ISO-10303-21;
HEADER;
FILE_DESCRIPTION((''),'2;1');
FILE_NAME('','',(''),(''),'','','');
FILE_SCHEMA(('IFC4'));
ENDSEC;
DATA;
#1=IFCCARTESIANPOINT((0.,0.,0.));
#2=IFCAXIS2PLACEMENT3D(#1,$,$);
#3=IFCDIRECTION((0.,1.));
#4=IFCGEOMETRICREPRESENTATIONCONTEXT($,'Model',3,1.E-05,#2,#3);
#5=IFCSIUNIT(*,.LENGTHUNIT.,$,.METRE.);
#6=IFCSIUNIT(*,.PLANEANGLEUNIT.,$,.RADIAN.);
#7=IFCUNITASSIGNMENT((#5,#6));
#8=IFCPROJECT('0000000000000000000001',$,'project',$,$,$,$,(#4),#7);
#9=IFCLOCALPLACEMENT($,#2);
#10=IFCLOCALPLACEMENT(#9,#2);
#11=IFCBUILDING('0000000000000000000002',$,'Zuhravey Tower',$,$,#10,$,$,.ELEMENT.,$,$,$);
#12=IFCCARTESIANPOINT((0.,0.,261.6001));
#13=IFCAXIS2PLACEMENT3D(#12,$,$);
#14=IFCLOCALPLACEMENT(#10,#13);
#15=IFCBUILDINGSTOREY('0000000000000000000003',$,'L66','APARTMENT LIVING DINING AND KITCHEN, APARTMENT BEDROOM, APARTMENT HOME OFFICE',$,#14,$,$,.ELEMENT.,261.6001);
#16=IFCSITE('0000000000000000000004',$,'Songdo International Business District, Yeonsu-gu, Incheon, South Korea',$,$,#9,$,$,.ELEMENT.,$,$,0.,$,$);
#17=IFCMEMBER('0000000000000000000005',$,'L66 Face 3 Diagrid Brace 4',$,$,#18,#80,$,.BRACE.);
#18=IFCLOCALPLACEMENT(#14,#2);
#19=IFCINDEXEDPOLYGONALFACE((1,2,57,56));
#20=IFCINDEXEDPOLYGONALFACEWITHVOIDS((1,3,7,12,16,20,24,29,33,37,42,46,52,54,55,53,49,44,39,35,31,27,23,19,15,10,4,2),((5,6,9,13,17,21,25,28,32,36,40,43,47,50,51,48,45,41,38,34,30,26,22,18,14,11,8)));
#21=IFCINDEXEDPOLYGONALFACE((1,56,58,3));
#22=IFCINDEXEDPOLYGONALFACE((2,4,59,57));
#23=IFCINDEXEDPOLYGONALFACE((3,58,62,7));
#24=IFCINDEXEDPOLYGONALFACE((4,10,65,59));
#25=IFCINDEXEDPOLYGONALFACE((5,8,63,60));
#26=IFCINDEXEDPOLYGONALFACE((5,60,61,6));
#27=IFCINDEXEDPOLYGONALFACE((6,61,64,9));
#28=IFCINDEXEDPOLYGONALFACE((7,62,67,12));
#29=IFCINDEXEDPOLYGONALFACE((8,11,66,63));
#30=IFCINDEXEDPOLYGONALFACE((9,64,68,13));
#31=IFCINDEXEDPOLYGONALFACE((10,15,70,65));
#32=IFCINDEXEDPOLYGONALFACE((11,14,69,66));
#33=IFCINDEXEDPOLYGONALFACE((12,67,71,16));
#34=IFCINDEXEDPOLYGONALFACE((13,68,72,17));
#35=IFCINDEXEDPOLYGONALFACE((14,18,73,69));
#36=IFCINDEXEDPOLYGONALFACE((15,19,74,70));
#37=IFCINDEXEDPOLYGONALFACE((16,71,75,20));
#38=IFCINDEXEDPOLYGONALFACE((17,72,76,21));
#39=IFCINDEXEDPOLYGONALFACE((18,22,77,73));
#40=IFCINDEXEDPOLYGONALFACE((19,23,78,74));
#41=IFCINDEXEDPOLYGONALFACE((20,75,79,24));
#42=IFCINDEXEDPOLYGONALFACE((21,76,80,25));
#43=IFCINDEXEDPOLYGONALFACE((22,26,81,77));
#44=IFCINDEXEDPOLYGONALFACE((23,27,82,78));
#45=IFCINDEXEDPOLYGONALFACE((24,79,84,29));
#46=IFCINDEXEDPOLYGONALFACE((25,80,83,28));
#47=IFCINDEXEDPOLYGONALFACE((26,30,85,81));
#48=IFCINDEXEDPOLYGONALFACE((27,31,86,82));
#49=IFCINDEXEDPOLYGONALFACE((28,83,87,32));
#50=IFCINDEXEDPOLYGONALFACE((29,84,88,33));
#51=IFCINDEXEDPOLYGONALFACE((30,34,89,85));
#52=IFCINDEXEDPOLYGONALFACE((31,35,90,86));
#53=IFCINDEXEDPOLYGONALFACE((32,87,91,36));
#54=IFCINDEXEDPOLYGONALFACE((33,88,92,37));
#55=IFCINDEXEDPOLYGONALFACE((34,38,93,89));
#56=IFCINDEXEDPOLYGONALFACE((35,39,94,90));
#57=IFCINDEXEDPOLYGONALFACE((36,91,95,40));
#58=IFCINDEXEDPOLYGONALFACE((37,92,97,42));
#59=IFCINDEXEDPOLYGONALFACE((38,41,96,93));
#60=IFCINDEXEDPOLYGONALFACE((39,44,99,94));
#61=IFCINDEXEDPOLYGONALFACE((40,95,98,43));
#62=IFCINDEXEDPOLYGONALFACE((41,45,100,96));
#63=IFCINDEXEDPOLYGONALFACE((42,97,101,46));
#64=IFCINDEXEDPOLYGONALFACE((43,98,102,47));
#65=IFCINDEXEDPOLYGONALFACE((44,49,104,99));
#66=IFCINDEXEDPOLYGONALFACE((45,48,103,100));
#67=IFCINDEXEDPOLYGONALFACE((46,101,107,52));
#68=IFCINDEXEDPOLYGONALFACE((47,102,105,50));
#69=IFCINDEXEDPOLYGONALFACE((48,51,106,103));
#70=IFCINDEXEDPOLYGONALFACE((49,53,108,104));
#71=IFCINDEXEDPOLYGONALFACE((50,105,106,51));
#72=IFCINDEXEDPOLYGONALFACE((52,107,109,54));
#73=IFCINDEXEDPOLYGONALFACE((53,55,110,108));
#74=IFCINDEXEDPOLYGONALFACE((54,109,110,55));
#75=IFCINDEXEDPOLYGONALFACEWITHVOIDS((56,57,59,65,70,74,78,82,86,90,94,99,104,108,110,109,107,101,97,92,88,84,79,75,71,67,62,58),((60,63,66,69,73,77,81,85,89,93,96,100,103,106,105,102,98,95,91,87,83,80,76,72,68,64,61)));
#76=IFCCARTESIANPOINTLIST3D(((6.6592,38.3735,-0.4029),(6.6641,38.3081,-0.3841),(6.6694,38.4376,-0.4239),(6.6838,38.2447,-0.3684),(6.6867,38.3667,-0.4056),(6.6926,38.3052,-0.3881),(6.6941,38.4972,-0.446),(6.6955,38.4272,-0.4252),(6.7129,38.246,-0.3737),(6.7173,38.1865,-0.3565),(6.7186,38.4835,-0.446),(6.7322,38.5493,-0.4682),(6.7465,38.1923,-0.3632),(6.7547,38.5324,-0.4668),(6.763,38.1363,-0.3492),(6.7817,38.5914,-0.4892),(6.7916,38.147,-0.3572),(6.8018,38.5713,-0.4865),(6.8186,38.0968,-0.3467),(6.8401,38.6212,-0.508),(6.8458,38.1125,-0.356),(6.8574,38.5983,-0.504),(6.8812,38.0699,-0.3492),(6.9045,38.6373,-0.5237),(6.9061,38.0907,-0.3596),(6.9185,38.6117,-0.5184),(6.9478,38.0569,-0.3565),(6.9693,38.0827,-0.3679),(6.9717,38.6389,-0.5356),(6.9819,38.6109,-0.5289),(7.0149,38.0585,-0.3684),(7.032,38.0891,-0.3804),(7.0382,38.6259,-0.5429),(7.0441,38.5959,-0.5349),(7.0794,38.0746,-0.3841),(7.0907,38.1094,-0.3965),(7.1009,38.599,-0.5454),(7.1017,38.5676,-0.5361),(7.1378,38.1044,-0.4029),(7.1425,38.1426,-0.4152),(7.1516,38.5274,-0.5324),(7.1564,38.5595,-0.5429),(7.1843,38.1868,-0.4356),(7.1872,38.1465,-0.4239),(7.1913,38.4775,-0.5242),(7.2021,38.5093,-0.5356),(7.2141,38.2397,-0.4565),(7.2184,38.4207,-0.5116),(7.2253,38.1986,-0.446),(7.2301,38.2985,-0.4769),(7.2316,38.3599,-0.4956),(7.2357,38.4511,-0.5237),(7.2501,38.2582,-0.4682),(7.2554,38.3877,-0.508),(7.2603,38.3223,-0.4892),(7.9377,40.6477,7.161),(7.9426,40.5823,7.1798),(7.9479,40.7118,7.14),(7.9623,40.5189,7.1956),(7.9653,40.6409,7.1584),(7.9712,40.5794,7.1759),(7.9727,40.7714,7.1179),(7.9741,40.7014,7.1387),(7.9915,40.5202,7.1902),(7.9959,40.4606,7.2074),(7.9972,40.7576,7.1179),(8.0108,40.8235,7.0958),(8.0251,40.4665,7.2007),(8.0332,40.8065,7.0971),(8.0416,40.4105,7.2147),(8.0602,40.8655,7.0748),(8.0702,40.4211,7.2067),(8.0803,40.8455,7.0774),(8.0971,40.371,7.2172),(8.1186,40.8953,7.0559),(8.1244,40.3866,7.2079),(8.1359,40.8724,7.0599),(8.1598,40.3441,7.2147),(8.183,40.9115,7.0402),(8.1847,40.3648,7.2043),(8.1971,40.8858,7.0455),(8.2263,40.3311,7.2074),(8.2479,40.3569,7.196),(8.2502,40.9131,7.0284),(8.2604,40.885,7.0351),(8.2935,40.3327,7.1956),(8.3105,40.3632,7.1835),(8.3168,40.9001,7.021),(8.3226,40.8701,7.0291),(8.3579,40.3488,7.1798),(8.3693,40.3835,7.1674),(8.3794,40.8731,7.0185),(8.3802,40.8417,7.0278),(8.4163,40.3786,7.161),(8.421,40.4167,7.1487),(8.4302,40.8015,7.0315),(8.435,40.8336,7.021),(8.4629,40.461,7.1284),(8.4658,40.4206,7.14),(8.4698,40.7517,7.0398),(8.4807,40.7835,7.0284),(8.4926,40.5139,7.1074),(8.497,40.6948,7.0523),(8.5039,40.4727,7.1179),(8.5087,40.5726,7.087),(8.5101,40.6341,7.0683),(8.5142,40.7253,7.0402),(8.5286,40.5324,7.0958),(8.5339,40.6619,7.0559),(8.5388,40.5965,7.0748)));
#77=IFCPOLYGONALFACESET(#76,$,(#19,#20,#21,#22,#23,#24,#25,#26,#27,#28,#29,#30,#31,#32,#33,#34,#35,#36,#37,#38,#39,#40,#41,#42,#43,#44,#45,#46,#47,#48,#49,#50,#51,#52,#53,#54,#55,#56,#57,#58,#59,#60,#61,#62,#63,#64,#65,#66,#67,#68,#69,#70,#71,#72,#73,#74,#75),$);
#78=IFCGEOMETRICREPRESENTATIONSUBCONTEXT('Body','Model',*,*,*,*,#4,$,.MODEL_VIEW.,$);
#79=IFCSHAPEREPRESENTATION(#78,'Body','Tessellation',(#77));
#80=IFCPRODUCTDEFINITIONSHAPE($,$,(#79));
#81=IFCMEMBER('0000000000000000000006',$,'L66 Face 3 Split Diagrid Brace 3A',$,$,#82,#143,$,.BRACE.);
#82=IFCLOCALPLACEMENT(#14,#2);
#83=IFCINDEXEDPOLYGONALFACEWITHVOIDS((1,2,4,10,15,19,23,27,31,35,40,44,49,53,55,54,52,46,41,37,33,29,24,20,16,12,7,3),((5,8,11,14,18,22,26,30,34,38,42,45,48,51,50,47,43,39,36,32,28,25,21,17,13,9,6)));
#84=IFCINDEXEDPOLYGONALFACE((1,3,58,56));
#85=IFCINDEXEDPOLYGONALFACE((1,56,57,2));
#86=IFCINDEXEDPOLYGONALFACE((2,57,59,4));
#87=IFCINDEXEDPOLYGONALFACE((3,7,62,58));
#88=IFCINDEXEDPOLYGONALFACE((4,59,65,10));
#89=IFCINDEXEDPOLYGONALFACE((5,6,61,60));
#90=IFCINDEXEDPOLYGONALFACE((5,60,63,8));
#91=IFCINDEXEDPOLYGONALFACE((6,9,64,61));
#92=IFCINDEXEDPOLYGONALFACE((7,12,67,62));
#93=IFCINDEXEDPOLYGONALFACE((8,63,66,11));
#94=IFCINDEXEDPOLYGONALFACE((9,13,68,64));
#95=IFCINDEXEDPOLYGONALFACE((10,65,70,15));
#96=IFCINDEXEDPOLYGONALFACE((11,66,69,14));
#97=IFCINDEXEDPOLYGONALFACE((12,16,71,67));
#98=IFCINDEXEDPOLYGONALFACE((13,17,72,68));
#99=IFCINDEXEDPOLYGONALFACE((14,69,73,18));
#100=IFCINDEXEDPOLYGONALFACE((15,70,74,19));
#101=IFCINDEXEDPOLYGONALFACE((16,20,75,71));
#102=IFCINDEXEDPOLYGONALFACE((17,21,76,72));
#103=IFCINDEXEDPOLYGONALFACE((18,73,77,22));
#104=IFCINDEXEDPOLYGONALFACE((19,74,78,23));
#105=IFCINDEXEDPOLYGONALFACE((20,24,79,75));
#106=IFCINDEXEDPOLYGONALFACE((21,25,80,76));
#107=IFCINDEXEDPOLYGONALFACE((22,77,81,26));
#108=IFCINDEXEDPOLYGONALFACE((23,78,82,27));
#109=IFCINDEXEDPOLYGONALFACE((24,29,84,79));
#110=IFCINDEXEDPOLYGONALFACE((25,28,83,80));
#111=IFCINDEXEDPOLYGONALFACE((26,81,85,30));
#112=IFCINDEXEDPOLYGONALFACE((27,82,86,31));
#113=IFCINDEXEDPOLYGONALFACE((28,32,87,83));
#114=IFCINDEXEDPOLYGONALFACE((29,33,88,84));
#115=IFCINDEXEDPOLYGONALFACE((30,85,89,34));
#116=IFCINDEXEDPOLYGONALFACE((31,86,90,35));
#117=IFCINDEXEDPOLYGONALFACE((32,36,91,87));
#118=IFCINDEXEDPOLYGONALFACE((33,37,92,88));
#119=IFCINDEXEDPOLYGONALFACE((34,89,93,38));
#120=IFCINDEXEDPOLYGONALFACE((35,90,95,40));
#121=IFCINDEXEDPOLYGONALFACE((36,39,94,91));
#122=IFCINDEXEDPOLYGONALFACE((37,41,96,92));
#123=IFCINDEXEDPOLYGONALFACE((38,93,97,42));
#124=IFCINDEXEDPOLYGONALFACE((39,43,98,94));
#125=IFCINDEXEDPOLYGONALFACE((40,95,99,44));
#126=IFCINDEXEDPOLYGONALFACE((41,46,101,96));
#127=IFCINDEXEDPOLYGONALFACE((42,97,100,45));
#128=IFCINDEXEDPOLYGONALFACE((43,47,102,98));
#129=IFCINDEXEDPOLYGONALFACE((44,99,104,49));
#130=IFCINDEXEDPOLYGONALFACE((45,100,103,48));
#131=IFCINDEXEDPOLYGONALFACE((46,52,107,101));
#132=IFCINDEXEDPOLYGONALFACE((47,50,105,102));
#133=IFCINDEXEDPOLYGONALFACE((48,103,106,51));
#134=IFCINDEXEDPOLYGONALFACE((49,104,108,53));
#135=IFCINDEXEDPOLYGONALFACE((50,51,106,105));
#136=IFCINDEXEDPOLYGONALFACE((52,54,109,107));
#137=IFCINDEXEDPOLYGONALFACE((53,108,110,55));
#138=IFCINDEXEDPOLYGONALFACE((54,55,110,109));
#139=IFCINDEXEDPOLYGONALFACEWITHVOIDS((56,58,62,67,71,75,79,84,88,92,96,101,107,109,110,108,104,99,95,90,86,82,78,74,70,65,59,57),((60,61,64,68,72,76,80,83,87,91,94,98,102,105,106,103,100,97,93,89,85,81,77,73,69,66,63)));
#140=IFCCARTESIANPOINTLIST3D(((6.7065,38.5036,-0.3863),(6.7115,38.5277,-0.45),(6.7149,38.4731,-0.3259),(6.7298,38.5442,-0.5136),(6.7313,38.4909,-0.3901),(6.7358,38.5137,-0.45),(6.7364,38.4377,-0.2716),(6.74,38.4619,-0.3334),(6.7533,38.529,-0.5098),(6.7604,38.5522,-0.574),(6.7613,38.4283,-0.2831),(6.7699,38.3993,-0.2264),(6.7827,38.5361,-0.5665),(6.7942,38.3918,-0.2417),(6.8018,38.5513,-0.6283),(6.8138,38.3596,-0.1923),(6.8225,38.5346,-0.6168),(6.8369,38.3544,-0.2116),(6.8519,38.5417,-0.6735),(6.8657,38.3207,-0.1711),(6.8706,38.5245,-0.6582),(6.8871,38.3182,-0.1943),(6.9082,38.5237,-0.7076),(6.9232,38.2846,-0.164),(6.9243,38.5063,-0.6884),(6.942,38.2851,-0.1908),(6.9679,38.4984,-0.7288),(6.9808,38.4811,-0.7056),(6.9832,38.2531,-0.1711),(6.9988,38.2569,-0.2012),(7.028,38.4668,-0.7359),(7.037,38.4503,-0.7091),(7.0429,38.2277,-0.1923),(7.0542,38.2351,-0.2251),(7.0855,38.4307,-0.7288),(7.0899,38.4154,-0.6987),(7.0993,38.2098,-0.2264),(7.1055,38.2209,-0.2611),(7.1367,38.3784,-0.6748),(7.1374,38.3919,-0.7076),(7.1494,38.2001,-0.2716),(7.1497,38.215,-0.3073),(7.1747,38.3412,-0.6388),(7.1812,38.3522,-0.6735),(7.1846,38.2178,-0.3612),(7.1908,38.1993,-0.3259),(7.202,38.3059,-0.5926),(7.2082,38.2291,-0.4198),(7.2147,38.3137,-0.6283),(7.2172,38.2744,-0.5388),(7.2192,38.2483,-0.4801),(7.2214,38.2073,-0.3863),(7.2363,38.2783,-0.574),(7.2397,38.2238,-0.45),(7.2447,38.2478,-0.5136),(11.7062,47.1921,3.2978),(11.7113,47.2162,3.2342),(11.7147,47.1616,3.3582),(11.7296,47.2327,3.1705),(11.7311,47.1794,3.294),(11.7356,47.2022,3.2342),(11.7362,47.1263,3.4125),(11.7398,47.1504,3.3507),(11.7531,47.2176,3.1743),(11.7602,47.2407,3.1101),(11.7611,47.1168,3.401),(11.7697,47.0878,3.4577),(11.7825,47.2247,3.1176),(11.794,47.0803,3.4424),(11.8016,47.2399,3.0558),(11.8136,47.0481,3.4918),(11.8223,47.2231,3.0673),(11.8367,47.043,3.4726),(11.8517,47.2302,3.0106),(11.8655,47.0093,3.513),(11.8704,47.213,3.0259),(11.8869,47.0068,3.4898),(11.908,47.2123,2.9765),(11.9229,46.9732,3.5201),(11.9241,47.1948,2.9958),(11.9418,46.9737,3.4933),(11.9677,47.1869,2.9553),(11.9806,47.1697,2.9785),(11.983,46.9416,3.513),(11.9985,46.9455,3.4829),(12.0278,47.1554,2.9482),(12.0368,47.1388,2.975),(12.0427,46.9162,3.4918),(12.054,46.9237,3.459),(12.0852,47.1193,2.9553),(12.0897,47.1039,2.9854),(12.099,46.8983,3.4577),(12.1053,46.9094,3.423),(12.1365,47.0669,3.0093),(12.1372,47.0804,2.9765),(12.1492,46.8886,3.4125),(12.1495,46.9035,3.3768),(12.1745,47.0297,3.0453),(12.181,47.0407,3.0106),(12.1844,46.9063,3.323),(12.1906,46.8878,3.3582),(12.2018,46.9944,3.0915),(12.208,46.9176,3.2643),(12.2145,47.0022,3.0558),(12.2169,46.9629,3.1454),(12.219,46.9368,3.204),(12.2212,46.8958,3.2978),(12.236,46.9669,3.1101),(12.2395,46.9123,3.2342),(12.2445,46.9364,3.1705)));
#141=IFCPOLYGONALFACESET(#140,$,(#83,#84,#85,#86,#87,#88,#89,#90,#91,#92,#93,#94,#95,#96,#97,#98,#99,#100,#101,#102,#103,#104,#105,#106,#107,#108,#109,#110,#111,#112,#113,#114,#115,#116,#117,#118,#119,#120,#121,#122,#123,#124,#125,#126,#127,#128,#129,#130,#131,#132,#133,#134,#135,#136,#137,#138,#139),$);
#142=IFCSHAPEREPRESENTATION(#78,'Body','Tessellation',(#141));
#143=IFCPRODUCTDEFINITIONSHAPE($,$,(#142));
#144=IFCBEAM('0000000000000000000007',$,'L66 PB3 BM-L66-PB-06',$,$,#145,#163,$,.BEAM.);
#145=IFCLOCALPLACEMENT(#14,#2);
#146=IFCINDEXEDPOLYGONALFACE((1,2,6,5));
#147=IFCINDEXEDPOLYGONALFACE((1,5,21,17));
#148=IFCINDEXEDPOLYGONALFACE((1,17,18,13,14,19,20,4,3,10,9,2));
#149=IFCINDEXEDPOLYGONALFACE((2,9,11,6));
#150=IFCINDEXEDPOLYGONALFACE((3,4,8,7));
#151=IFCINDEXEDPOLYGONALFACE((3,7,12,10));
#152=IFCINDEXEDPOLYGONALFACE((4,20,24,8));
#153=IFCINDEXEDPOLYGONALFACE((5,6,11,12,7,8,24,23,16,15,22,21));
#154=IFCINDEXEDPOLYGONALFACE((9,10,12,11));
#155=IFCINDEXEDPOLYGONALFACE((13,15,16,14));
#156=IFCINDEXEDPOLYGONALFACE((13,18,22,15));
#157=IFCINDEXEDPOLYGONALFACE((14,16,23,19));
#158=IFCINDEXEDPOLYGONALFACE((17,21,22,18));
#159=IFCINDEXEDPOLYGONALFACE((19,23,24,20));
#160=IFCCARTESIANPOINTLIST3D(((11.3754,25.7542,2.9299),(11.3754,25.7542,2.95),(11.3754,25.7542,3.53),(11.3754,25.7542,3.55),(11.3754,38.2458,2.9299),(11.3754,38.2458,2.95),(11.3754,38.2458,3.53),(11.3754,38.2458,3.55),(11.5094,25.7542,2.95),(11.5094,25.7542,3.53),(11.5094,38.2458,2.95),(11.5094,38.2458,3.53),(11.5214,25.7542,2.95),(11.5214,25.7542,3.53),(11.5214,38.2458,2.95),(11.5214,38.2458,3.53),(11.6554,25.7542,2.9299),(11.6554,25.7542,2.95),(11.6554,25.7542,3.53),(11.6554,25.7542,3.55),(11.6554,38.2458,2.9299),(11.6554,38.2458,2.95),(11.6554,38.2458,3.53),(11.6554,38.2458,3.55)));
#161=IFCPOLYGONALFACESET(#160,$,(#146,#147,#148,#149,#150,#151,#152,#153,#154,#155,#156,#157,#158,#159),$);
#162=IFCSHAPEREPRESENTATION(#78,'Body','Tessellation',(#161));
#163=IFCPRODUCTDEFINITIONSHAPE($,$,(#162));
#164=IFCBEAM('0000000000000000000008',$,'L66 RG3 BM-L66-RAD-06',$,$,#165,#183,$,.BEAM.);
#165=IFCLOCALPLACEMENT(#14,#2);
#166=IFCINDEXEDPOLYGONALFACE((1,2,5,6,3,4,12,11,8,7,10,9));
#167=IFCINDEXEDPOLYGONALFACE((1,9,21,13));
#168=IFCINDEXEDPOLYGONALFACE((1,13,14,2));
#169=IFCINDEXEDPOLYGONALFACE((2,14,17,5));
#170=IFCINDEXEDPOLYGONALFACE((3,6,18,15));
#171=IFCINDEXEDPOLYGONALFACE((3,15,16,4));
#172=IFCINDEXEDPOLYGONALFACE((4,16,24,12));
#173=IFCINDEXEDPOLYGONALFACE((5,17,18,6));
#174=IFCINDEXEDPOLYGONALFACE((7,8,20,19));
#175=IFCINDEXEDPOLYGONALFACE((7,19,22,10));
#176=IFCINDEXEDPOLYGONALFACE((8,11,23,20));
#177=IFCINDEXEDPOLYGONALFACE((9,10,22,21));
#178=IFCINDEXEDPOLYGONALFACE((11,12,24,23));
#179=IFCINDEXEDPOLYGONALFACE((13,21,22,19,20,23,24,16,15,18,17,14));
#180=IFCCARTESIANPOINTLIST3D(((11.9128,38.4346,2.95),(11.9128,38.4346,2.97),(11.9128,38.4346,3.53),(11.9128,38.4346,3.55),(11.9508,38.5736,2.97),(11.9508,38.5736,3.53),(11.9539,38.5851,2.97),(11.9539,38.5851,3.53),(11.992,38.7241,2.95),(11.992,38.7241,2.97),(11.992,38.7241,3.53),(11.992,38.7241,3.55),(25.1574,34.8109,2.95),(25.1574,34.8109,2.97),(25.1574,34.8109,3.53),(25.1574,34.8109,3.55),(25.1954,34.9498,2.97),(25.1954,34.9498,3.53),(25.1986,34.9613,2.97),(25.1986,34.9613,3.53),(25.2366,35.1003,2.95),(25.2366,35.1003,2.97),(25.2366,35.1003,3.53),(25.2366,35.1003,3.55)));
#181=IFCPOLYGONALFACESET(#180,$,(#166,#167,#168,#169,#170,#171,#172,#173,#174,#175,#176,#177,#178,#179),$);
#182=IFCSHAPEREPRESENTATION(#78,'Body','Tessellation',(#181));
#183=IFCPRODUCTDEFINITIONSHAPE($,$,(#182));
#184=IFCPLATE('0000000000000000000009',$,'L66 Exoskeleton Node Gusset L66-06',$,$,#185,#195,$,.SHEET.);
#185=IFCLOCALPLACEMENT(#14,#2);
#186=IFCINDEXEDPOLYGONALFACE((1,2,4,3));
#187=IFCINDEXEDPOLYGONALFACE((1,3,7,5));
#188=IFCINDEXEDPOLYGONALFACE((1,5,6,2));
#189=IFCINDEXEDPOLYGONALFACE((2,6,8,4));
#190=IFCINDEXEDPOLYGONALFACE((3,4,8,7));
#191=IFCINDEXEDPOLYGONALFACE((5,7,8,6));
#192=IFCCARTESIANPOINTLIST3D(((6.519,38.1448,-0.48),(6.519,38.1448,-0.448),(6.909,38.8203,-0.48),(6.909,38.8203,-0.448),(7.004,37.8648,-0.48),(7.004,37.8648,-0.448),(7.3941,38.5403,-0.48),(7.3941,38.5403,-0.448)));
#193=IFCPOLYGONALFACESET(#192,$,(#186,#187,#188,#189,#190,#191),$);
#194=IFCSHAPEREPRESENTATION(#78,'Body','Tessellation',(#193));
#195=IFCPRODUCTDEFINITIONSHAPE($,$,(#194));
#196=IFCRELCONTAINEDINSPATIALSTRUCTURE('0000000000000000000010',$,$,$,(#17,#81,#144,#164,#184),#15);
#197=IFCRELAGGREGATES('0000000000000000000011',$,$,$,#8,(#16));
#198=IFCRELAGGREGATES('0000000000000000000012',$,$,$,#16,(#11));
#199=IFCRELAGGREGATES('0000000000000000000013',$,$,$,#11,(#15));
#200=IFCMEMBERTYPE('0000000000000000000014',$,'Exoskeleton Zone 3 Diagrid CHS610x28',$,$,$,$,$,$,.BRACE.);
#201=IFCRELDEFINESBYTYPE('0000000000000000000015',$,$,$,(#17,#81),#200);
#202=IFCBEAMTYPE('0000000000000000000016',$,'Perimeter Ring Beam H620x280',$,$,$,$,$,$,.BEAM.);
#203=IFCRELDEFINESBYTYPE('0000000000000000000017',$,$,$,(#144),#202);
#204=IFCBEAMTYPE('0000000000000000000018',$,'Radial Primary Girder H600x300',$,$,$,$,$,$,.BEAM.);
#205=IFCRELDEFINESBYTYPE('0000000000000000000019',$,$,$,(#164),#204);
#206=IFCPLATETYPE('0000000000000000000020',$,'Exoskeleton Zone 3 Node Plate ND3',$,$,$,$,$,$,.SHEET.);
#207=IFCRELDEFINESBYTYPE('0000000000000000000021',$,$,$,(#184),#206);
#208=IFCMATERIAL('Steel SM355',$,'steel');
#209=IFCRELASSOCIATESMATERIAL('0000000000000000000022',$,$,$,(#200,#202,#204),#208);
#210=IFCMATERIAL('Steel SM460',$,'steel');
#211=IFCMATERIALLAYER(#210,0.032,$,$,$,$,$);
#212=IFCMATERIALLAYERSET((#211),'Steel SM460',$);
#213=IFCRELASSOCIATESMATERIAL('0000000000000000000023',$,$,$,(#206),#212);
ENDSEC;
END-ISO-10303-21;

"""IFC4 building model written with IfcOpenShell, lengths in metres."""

from ifc_helpers import new_model, si_unit, direction, frame, origin, origin_2d, place, context, subcontext, project, spatial, rectangle, hollow_circle, i_section, extrude, material, layer, layer_set, material_profile, profile_set, type_object, element, save


model = new_model("IFC4")

# Units and contexts
model_context = context("Model", 3, precision=1e-05, world=origin(), true_north=direction((0.0, 1.0)))
body_context = subcontext(model_context, "Body", "Model", "MODEL_VIEW")
ifc_project = project(units=[si_unit("LENGTHUNIT", "METRE"), si_unit("PLANEANGLEUNIT", "RADIAN")], contexts=[model_context])

# Site, building, storey
site_placement = place(None, origin())
site = spatial("IfcSite", under=ifc_project, at=site_placement, Name="Songdo International Business District, Yeonsu-gu, Incheon, South Korea", CompositionType="ELEMENT", RefElevation=0.0)
building_placement = place(site_placement, origin())
building = spatial("IfcBuilding", under=site, at=building_placement, Name="Zuhravey Tower", CompositionType="ELEMENT")
storey_placement = place(building_placement, frame((0.0, 0.0, 261.6001)))
storey = spatial("IfcBuildingStorey", under=building, at=storey_placement, Name="L66", Description="APARTMENT LIVING DINING AND KITCHEN, APARTMENT BEDROOM, APARTMENT HOME OFFICE", CompositionType="ELEMENT", Elevation=261.6001)

# Members
ifc_material_1 = material(Name="Steel SM355", Category="steel")
ifc_material_profile_1 = material_profile(ifc_material_1, hollow_circle(Radius=0.3047, WallThickness=0.0281, at=origin_2d()), Name="CHS-609.6x28")
ifc_profile_set_1 = profile_set([ifc_material_profile_1], Name="Steel SM355")
member_type_1 = type_object("IfcMemberType", Name="Exoskeleton Zone 3 Diagrid CHS610x28", PredefinedType="BRACE", material=ifc_profile_set_1)
member_1_placement = place(storey_placement, frame((6.9597, 38.3479, -0.446), z_axis=(0.159795, 0.284227, 0.945347), x_axis=(-0.871683, 0.49007, 0.0)))
element("IfcMember", 1, at=member_1_placement, inside=storey, type_object=member_type_1, Name="L66 Face 3 Diagrid Brace 4", PredefinedType="BRACE", context=body_context, shape_type="SweptSolid", body=[
    extrude(hollow_circle(Radius=0.3047, WallThickness=0.0281, at=origin_2d()), origin(), (0.0, 0.0, 1.0), 8.0012),
])
member_2_placement = place(storey_placement, frame((6.9756, 38.3757, -0.45), z_axis=(0.468148, 0.813538, 0.344956), x_axis=(-0.866739, 0.498762, 0.0)))
element("IfcMember", 2, at=member_2_placement, inside=storey, type_object=member_type_1, Name="L66 Face 3 Split Diagrid Brace 3A", PredefinedType="BRACE", context=body_context, shape_type="SweptSolid", body=[
    extrude(hollow_circle(Radius=0.3047, WallThickness=0.0281, at=origin_2d()), origin(), (0.0, 0.0, 1.0), 10.6799),
])

# Beams
ifc_material_profile_2 = material_profile(ifc_material_1, i_section(OverallWidth=0.28, OverallDepth=0.6201, WebThickness=0.012, FlangeThickness=0.02, at=origin_2d()), Name="H-620x280x12x20")
ifc_profile_set_2 = profile_set([ifc_material_profile_2], Name="Steel SM355")
beam_type_1 = type_object("IfcBeamType", Name="Perimeter Ring Beam H620x280", PredefinedType="BEAM", material=ifc_profile_set_2)
beam_1_placement = place(storey_placement, frame((11.5154, 38.2458, 3.24), z_axis=(0.0, -1.0, 0.0), x_axis=(1.0, 0.0, 0.0)))
element("IfcBeam", 3, at=beam_1_placement, inside=storey, type_object=beam_type_1, Name="L66 PB3 BM-L66-PB-06", PredefinedType="BEAM", context=body_context, shape_type="SweptSolid", body=[
    extrude(i_section(OverallWidth=0.28, OverallDepth=0.6201, WebThickness=0.012, FlangeThickness=0.02, at=origin_2d()), origin(), (0.0, 0.0, 1.0), 12.4917),
])
ifc_material_profile_3 = material_profile(ifc_material_1, i_section(OverallWidth=0.3, OverallDepth=0.6001, WebThickness=0.012, FlangeThickness=0.02, at=origin_2d()), Name="H-600x300x12x20")
ifc_profile_set_3 = profile_set([ifc_material_profile_3], Name="Steel SM355")
beam_type_2 = type_object("IfcBeamType", Name="Radial Primary Girder H600x300", PredefinedType="BEAM", material=ifc_profile_set_3)
beam_2_placement = place(storey_placement, frame((25.197, 34.9556, 3.25), z_axis=(-0.964549, 0.263904, 0.0), x_axis=(-0.263904, -0.964549, 0.0)))
element("IfcBeam", 4, at=beam_2_placement, inside=storey, type_object=beam_type_2, Name="L66 RG3 BM-L66-RAD-06", PredefinedType="BEAM", context=body_context, shape_type="SweptSolid", body=[
    extrude(i_section(OverallWidth=0.3, OverallDepth=0.6001, WebThickness=0.012, FlangeThickness=0.02, at=origin_2d()), origin(), (0.0, 0.0, 1.0), 13.7314),
])

# Plate
ifc_material_2 = material(Name="Steel SM460", Category="steel")
ifc_layer_1 = layer(ifc_material_2, 0.032)
ifc_layer_set_1 = layer_set([ifc_layer_1], Name="Steel SM460")
plate_type_1 = type_object("IfcPlateType", Name="Exoskeleton Zone 3 Node Plate ND3", PredefinedType="SHEET", material=ifc_layer_set_1)
plate_1_placement = place(storey_placement, frame((6.9565, 38.3425, -0.48), z_axis=(0.0, 0.0, 1.0), x_axis=(-0.5, -0.866025, 0.0)))
element("IfcPlate", 5, at=plate_1_placement, inside=storey, type_object=plate_type_1, Name="L66 Exoskeleton Node Gusset L66-06", PredefinedType="SHEET", context=body_context, shape_type="SweptSolid", body=[
    extrude(rectangle(XDim=0.78, YDim=0.5601, at=origin_2d()), origin(), (0.0, 0.0, 1.0), 0.032),
])

save(model, "model.ifc")
